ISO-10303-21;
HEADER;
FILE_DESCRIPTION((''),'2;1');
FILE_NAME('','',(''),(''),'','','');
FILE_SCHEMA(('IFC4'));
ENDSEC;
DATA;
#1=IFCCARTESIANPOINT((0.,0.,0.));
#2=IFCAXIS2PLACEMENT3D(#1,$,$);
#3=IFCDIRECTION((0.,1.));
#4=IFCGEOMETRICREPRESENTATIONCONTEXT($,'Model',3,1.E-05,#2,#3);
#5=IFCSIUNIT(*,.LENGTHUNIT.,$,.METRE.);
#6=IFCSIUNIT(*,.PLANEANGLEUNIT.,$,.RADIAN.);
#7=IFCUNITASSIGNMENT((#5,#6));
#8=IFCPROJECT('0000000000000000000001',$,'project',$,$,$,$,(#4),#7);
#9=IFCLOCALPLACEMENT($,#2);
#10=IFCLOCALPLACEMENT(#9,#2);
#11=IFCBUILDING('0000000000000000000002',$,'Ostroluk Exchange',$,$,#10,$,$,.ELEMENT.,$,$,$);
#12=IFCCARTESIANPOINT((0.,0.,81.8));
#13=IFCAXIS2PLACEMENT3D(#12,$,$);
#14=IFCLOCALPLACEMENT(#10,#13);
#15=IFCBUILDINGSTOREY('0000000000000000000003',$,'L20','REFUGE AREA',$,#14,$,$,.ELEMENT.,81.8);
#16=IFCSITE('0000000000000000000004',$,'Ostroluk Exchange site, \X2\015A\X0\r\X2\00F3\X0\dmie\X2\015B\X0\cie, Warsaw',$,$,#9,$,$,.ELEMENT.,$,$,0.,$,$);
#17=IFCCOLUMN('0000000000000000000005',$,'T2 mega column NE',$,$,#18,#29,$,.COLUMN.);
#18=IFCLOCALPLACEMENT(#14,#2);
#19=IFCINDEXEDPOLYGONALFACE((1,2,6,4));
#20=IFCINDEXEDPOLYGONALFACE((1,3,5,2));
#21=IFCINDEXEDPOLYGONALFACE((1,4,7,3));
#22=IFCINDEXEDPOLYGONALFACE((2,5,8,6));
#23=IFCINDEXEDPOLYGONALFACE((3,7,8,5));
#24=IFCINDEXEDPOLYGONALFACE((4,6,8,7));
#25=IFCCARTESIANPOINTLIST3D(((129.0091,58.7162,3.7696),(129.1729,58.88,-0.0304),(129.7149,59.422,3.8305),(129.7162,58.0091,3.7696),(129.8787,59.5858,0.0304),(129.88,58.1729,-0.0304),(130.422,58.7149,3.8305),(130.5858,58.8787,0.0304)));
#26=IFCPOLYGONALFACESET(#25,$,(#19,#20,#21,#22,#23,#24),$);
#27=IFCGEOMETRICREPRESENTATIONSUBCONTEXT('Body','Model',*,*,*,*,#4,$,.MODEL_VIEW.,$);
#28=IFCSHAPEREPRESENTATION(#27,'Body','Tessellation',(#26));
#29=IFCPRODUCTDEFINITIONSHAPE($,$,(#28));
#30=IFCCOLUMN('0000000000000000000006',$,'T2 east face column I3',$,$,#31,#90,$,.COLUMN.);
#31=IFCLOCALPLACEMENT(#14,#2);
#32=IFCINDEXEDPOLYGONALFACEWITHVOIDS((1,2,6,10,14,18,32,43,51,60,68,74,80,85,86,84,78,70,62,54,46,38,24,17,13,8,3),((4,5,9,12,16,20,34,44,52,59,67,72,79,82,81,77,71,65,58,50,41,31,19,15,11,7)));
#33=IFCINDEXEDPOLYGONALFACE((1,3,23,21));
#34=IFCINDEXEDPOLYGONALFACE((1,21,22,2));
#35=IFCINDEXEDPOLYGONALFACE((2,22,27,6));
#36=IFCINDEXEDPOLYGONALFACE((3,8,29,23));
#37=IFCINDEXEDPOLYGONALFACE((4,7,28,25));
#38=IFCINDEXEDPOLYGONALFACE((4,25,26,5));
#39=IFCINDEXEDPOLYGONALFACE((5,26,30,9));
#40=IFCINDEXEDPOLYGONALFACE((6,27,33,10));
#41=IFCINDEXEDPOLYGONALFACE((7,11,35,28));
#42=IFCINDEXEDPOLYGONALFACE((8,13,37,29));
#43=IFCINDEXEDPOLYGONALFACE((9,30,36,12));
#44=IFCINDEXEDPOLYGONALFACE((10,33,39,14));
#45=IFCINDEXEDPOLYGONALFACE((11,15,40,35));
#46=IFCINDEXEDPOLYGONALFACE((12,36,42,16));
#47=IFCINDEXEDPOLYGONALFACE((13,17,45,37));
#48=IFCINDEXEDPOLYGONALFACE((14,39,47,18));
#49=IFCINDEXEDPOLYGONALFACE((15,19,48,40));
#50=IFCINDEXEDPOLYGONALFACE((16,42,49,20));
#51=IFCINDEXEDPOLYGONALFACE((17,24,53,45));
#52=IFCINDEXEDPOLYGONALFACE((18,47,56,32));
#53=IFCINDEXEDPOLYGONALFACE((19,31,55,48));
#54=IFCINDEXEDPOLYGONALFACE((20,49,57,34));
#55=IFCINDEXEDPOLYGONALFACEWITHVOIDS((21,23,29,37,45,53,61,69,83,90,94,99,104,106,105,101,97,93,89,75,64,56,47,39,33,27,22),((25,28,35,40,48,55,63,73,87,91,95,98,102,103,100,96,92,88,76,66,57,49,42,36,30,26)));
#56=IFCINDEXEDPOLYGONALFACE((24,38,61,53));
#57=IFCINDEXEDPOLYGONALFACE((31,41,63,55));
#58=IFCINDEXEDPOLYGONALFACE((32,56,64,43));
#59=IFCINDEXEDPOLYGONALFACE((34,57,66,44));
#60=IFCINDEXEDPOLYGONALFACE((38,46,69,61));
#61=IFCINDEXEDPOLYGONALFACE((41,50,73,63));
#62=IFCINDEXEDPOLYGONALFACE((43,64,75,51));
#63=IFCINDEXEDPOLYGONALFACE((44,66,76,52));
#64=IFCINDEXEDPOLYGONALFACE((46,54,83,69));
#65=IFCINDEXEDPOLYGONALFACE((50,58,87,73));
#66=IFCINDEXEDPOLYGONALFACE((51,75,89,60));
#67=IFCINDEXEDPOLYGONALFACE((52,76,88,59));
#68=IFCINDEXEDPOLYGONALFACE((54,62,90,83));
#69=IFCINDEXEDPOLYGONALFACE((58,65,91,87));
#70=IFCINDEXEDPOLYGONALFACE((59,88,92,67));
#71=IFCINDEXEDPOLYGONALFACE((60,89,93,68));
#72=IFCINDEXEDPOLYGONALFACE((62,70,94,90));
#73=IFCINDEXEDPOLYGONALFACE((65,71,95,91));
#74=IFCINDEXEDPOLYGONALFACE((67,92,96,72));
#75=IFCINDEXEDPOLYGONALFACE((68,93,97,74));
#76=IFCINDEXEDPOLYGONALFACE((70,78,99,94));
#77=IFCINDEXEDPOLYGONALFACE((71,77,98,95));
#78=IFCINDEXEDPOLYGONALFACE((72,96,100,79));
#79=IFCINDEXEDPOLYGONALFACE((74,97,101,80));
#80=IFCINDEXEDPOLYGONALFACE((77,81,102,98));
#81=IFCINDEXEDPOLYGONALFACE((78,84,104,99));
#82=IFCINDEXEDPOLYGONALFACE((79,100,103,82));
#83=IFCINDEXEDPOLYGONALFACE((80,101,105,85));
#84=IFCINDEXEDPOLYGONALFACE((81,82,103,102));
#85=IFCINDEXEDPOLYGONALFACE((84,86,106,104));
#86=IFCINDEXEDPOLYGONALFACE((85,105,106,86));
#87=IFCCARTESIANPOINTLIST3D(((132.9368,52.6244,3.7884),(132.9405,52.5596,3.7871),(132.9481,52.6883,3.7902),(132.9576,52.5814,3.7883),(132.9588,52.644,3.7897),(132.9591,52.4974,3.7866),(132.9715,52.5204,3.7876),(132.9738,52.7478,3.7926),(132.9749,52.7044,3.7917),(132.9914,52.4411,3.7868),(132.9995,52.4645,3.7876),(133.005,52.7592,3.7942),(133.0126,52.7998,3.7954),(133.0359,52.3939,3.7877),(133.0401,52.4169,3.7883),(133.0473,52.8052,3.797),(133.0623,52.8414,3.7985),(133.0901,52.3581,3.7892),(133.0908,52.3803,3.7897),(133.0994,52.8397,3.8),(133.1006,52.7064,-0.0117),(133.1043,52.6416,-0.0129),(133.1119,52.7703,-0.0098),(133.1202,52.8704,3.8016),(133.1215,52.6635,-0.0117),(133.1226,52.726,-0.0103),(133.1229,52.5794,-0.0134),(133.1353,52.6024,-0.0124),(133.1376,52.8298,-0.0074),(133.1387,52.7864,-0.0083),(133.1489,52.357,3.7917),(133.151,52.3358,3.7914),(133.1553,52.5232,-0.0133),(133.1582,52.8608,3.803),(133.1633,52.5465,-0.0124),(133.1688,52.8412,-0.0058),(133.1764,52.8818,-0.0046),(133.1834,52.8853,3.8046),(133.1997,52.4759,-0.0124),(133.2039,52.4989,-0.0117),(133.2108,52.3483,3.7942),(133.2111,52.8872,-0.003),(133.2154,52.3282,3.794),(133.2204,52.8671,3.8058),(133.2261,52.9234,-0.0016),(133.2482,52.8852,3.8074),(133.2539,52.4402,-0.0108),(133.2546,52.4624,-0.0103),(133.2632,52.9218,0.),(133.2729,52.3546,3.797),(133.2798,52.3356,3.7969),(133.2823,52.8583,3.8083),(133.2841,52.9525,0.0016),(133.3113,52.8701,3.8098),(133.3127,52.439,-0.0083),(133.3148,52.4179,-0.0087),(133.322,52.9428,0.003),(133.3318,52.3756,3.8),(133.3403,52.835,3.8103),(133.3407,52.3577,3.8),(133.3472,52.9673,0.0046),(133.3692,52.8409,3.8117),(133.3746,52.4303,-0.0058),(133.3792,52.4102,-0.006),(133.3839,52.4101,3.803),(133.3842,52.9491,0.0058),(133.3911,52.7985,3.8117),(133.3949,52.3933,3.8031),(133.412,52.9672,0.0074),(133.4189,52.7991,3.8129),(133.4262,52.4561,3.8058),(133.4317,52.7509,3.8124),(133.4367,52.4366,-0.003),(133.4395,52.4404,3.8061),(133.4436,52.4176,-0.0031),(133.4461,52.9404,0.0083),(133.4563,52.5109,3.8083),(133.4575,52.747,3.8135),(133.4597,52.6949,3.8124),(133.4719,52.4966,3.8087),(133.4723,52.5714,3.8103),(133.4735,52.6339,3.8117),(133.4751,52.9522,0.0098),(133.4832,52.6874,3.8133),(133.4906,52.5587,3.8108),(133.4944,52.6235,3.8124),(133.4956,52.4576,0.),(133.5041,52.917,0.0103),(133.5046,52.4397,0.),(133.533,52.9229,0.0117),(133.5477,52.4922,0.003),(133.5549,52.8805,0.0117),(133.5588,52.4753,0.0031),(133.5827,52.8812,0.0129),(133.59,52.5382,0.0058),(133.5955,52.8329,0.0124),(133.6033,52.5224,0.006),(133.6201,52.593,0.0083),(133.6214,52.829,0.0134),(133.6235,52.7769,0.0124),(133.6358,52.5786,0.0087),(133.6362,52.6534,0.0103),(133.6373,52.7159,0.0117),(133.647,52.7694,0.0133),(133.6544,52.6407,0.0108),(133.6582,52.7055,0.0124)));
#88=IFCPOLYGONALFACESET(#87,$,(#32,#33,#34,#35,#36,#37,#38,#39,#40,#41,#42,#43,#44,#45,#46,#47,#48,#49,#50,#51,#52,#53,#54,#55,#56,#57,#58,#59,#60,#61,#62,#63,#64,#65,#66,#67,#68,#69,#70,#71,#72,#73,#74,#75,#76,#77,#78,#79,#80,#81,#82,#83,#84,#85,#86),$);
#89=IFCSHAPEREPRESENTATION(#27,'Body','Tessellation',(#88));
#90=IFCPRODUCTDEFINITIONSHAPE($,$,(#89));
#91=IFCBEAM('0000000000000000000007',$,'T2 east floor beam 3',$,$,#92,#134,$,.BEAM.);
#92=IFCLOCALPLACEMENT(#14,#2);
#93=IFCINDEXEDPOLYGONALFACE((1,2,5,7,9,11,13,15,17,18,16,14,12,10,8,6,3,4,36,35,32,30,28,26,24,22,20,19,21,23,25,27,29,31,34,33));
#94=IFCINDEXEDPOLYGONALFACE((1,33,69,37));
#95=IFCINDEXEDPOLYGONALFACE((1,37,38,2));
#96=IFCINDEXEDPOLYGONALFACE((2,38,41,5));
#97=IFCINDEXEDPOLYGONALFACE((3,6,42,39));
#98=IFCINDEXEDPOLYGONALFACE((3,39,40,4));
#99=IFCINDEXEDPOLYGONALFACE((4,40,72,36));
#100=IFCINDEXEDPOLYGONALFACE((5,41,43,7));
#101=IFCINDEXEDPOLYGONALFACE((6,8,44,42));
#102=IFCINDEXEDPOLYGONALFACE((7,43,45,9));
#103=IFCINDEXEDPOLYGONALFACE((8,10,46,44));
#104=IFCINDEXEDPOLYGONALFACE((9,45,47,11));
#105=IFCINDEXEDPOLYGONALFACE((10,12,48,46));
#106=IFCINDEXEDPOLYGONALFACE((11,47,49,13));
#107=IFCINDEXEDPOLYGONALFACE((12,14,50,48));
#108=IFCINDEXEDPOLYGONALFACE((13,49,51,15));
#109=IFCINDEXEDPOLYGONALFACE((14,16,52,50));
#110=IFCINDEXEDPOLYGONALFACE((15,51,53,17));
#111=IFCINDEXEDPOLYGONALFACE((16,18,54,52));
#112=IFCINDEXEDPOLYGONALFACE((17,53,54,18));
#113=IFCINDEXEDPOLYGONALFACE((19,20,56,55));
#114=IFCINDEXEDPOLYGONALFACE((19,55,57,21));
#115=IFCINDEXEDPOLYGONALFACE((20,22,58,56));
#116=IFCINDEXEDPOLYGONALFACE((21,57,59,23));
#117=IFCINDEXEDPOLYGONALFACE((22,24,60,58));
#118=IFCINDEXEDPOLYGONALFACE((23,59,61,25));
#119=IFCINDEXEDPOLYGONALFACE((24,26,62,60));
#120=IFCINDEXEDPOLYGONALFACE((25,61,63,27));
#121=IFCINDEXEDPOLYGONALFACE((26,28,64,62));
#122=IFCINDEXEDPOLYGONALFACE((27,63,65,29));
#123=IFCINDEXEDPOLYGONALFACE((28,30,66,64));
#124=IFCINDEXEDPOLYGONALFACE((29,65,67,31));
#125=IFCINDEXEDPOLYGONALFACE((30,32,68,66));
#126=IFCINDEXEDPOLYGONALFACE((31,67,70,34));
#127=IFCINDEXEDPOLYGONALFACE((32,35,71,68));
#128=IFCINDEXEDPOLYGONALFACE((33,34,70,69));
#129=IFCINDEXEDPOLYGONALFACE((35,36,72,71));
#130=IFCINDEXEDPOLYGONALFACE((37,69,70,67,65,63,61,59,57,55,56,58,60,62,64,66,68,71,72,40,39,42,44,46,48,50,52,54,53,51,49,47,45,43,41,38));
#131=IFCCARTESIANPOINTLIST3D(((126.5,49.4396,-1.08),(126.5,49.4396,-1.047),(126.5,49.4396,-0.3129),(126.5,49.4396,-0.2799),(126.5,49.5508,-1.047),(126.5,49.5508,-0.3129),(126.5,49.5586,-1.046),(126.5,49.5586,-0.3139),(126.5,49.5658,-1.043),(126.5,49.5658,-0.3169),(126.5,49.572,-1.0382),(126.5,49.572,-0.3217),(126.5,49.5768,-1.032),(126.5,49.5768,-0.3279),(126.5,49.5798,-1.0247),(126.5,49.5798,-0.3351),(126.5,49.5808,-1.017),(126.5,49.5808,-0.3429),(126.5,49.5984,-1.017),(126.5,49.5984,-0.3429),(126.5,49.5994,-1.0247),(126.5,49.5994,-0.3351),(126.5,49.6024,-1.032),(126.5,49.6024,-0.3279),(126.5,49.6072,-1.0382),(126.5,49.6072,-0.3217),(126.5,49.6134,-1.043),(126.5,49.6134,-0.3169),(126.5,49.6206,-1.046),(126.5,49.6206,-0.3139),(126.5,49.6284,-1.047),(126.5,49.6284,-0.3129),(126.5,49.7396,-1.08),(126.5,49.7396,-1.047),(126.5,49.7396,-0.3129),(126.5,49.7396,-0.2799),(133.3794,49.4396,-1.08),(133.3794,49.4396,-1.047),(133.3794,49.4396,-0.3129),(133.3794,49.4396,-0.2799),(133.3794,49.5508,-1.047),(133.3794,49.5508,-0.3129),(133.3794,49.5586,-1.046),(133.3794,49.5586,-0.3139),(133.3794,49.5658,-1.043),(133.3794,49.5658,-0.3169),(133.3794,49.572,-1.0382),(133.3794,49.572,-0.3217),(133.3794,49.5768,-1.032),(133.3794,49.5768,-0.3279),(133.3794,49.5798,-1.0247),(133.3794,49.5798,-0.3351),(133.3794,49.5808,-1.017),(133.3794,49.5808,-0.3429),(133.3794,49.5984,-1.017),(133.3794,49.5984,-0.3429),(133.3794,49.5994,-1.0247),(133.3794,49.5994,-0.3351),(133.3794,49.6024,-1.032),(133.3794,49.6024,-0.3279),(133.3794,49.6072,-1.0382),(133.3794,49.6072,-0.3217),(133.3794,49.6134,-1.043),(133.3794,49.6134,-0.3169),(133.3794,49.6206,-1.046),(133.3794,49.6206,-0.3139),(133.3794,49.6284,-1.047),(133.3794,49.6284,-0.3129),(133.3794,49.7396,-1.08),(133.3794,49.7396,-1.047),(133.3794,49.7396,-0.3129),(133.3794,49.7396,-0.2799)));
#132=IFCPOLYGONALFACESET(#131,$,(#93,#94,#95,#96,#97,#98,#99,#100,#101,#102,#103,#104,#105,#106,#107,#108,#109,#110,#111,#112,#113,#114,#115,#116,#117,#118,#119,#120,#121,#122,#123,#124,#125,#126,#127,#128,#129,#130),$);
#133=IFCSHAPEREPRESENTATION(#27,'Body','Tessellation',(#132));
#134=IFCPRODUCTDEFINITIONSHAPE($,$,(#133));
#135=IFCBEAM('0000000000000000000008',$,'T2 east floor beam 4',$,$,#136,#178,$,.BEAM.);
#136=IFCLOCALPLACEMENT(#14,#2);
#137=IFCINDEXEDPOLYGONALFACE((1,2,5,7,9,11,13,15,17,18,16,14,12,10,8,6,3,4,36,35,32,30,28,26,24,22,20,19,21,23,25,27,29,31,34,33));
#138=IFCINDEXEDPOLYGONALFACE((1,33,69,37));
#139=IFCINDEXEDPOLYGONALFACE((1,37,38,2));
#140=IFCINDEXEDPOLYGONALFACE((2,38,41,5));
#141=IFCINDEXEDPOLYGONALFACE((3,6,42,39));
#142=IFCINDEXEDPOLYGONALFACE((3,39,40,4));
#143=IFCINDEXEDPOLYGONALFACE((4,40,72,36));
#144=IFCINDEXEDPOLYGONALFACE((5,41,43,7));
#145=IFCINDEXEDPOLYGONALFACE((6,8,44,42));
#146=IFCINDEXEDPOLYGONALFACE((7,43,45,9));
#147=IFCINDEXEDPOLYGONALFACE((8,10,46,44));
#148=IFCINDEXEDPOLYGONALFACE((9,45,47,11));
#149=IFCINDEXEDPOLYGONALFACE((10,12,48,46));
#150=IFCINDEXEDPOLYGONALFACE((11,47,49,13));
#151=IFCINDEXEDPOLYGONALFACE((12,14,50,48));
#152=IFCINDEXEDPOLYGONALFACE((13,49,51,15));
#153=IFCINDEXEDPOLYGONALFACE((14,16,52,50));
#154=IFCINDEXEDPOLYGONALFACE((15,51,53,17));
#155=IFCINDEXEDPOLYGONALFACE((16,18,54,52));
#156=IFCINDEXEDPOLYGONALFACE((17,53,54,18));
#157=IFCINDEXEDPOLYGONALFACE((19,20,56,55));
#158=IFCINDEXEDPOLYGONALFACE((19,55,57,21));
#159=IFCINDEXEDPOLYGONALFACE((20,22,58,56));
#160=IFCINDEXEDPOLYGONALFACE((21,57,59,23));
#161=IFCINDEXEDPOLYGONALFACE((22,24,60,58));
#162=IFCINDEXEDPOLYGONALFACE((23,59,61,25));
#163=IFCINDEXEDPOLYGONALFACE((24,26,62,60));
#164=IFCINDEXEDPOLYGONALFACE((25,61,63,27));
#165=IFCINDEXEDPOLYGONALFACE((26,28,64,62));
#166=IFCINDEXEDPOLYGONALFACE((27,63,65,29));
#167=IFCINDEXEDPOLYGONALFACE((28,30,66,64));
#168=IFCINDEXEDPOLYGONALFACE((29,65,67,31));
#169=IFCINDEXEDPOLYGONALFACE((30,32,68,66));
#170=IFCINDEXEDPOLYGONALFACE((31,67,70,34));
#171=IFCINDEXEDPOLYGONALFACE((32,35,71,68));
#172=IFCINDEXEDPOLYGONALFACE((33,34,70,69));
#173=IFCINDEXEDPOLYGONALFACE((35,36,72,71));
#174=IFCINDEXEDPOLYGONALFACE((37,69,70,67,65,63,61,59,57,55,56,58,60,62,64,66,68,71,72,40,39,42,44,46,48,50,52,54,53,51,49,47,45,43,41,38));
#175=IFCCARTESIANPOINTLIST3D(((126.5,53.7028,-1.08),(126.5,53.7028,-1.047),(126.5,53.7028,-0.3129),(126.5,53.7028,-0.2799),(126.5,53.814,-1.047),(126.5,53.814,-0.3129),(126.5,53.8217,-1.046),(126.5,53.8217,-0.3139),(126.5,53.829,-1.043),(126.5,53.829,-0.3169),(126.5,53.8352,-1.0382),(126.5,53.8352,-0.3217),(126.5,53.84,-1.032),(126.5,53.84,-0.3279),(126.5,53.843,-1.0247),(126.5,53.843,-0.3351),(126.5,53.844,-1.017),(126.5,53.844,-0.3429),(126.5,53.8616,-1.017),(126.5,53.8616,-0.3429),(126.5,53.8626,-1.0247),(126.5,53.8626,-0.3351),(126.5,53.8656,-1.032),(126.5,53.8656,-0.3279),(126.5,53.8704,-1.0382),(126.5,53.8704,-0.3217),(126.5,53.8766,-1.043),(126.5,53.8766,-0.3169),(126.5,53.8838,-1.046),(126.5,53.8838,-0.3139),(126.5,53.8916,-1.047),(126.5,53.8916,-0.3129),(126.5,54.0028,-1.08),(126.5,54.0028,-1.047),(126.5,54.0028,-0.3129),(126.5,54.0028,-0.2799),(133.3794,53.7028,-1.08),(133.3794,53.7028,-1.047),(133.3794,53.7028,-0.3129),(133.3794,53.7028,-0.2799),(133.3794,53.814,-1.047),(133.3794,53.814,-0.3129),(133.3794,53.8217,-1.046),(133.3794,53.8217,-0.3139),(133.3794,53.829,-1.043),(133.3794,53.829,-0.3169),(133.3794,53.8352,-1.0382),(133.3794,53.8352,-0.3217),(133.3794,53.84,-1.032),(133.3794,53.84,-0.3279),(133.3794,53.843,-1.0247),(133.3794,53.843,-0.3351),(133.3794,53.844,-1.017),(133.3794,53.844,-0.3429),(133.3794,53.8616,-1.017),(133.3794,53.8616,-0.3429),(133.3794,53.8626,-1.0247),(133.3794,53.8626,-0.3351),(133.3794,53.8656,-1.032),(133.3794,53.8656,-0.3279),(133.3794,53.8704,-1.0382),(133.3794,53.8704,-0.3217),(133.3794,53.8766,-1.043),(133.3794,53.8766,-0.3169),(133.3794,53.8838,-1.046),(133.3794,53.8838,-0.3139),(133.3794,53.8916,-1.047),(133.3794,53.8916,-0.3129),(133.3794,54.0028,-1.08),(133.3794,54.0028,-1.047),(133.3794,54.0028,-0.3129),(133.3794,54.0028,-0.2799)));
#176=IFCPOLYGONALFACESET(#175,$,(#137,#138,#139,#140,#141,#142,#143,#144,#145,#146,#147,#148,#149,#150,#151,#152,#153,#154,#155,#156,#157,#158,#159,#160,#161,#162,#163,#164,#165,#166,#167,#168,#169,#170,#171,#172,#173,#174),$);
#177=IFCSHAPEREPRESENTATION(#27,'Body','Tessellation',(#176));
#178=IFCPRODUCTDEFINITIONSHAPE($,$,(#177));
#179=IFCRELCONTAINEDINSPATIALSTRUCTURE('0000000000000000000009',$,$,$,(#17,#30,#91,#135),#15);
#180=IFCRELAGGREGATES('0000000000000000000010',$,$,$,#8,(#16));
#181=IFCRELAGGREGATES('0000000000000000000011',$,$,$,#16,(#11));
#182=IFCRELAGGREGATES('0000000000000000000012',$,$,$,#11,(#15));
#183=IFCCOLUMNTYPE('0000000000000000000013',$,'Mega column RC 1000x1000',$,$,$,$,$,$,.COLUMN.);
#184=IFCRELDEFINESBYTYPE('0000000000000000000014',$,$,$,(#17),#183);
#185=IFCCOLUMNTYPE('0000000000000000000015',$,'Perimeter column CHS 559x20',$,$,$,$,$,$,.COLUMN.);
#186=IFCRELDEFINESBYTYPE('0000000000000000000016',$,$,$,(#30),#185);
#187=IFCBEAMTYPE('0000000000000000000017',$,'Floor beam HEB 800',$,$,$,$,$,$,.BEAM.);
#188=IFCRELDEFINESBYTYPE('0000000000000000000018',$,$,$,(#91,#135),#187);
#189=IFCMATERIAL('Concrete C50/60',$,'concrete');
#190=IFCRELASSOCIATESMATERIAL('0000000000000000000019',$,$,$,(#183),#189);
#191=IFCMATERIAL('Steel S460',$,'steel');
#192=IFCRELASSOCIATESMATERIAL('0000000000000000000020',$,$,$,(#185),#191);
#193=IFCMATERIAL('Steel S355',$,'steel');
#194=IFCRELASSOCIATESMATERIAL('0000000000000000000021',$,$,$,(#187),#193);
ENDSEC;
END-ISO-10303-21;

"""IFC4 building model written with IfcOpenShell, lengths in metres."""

from ifc_helpers import new_model, si_unit, direction, frame, origin, origin_2d, place, context, subcontext, project, spatial, rectangle, hollow_circle, i_section, extrude, material, material_profile, profile_set, type_object, element, save


model = new_model("IFC4")

# Units and contexts
model_context = context("Model", 3, precision=1e-05, world=origin(), true_north=direction((0.0, 1.0)))
body_context = subcontext(model_context, "Body", "Model", "MODEL_VIEW")
ifc_project = project(units=[si_unit("LENGTHUNIT", "METRE"), si_unit("PLANEANGLEUNIT", "RADIAN")], contexts=[model_context])

# Site, building, storey
site_placement = place(None, origin())
site = spatial("IfcSite", under=ifc_project, at=site_placement, Name="Ostroluk Exchange site, Śródmieście, Warsaw", CompositionType="ELEMENT", RefElevation=0.0)
building_placement = place(site_placement, origin())
building = spatial("IfcBuilding", under=site, at=building_placement, Name="Ostroluk Exchange", CompositionType="ELEMENT")
storey_placement = place(building_placement, frame((0.0, 0.0, 81.8)))
storey = spatial("IfcBuildingStorey", under=building, at=storey_placement, Name="L20", Description="REFUGE AREA", CompositionType="ELEMENT", Elevation=81.8)

# Columns
ifc_material_1 = material(Name="Concrete C50/60", Category="concrete")
ifc_material_profile_1 = material_profile(ifc_material_1, rectangle(XDim=1.0, YDim=1.0, at=origin_2d()), Name="RC 1000x1000")
ifc_profile_set_1 = profile_set([ifc_material_profile_1], Name="Concrete C50/60")
column_type_1 = type_object("IfcColumnType", Name="Mega column RC 1000x1000", PredefinedType="COLUMN", material=ifc_profile_set_1)
column_1_placement = place(storey_placement, frame((129.8794, 58.8794, 0.0), z_axis=(-0.04303, -0.04303, 0.998147), x_axis=(0.707107, -0.707107, 0.0)))
element("IfcColumn", 1, at=column_1_placement, inside=storey, type_object=column_type_1, Name="T2 mega column NE", PredefinedType="COLUMN", context=body_context, shape_type="SweptSolid", body=[
    extrude(rectangle(XDim=1.0, YDim=1.0, at=origin_2d()), origin(), (0.0, 0.0, 1.0), 3.8071),
])
ifc_material_2 = material(Name="Steel S460", Category="steel")
ifc_material_profile_2 = material_profile(ifc_material_2, hollow_circle(Radius=0.2795, WallThickness=0.02, at=origin_2d()), Name="CHS 559x20")
ifc_profile_set_2 = profile_set([ifc_material_profile_2], Name="Steel S460")
column_type_2 = type_object("IfcColumnType", Name="Perimeter column CHS 559x20", PredefinedType="COLUMN", material=ifc_profile_set_2)
column_2_placement = place(storey_placement, frame((133.3794, 52.6897, 0.0), z_axis=(-0.04306, -0.021562, 0.99884), x_axis=(0.447747, -0.894161, 0.0)))
element("IfcColumn", 2, at=column_2_placement, inside=storey, type_object=column_type_2, Name="T2 east face column I3", PredefinedType="COLUMN", context=body_context, shape_type="SweptSolid", body=[
    extrude(hollow_circle(Radius=0.2795, WallThickness=0.02, at=origin_2d()), origin(), (0.0, 0.0, 1.0), 3.8044),
])

# Beams
ifc_material_3 = material(Name="Steel S355", Category="steel")
ifc_material_profile_3 = material_profile(ifc_material_3, i_section(OverallWidth=0.3, OverallDepth=0.8, WebThickness=0.0176, FlangeThickness=0.033, FilletRadius=0.03, at=origin_2d()), Name="HEB 800")
ifc_profile_set_3 = profile_set([ifc_material_profile_3], Name="Steel S355")
beam_type_1 = type_object("IfcBeamType", Name="Floor beam HEB 800", PredefinedType="BEAM", material=ifc_profile_set_3)
for number, where, z_axis, x_axis, name in (
    (3, (126.5, 49.5896, -0.6799), (1.0, 0.0, 0.0), (0.0, 1.0, 0.0), "T2 east floor beam 3"),
    (4, (126.5, 53.8528, -0.6799), (1.0, 0.0, 0.0), (0.0, 1.0, 0.0), "T2 east floor beam 4"),
):
    element("IfcBeam", number, at=place(storey_placement, frame(where, z_axis=z_axis, x_axis=x_axis)), inside=storey, type_object=beam_type_1, Name=name, PredefinedType="BEAM", context=body_context, shape_type="SweptSolid", body=[
        extrude(i_section(OverallWidth=0.3, OverallDepth=0.8, WebThickness=0.0176, FlangeThickness=0.033, FilletRadius=0.03, at=origin_2d()), origin(), (0.0, 0.0, 1.0), 6.8794),
    ])

save(model, "model.ifc")
